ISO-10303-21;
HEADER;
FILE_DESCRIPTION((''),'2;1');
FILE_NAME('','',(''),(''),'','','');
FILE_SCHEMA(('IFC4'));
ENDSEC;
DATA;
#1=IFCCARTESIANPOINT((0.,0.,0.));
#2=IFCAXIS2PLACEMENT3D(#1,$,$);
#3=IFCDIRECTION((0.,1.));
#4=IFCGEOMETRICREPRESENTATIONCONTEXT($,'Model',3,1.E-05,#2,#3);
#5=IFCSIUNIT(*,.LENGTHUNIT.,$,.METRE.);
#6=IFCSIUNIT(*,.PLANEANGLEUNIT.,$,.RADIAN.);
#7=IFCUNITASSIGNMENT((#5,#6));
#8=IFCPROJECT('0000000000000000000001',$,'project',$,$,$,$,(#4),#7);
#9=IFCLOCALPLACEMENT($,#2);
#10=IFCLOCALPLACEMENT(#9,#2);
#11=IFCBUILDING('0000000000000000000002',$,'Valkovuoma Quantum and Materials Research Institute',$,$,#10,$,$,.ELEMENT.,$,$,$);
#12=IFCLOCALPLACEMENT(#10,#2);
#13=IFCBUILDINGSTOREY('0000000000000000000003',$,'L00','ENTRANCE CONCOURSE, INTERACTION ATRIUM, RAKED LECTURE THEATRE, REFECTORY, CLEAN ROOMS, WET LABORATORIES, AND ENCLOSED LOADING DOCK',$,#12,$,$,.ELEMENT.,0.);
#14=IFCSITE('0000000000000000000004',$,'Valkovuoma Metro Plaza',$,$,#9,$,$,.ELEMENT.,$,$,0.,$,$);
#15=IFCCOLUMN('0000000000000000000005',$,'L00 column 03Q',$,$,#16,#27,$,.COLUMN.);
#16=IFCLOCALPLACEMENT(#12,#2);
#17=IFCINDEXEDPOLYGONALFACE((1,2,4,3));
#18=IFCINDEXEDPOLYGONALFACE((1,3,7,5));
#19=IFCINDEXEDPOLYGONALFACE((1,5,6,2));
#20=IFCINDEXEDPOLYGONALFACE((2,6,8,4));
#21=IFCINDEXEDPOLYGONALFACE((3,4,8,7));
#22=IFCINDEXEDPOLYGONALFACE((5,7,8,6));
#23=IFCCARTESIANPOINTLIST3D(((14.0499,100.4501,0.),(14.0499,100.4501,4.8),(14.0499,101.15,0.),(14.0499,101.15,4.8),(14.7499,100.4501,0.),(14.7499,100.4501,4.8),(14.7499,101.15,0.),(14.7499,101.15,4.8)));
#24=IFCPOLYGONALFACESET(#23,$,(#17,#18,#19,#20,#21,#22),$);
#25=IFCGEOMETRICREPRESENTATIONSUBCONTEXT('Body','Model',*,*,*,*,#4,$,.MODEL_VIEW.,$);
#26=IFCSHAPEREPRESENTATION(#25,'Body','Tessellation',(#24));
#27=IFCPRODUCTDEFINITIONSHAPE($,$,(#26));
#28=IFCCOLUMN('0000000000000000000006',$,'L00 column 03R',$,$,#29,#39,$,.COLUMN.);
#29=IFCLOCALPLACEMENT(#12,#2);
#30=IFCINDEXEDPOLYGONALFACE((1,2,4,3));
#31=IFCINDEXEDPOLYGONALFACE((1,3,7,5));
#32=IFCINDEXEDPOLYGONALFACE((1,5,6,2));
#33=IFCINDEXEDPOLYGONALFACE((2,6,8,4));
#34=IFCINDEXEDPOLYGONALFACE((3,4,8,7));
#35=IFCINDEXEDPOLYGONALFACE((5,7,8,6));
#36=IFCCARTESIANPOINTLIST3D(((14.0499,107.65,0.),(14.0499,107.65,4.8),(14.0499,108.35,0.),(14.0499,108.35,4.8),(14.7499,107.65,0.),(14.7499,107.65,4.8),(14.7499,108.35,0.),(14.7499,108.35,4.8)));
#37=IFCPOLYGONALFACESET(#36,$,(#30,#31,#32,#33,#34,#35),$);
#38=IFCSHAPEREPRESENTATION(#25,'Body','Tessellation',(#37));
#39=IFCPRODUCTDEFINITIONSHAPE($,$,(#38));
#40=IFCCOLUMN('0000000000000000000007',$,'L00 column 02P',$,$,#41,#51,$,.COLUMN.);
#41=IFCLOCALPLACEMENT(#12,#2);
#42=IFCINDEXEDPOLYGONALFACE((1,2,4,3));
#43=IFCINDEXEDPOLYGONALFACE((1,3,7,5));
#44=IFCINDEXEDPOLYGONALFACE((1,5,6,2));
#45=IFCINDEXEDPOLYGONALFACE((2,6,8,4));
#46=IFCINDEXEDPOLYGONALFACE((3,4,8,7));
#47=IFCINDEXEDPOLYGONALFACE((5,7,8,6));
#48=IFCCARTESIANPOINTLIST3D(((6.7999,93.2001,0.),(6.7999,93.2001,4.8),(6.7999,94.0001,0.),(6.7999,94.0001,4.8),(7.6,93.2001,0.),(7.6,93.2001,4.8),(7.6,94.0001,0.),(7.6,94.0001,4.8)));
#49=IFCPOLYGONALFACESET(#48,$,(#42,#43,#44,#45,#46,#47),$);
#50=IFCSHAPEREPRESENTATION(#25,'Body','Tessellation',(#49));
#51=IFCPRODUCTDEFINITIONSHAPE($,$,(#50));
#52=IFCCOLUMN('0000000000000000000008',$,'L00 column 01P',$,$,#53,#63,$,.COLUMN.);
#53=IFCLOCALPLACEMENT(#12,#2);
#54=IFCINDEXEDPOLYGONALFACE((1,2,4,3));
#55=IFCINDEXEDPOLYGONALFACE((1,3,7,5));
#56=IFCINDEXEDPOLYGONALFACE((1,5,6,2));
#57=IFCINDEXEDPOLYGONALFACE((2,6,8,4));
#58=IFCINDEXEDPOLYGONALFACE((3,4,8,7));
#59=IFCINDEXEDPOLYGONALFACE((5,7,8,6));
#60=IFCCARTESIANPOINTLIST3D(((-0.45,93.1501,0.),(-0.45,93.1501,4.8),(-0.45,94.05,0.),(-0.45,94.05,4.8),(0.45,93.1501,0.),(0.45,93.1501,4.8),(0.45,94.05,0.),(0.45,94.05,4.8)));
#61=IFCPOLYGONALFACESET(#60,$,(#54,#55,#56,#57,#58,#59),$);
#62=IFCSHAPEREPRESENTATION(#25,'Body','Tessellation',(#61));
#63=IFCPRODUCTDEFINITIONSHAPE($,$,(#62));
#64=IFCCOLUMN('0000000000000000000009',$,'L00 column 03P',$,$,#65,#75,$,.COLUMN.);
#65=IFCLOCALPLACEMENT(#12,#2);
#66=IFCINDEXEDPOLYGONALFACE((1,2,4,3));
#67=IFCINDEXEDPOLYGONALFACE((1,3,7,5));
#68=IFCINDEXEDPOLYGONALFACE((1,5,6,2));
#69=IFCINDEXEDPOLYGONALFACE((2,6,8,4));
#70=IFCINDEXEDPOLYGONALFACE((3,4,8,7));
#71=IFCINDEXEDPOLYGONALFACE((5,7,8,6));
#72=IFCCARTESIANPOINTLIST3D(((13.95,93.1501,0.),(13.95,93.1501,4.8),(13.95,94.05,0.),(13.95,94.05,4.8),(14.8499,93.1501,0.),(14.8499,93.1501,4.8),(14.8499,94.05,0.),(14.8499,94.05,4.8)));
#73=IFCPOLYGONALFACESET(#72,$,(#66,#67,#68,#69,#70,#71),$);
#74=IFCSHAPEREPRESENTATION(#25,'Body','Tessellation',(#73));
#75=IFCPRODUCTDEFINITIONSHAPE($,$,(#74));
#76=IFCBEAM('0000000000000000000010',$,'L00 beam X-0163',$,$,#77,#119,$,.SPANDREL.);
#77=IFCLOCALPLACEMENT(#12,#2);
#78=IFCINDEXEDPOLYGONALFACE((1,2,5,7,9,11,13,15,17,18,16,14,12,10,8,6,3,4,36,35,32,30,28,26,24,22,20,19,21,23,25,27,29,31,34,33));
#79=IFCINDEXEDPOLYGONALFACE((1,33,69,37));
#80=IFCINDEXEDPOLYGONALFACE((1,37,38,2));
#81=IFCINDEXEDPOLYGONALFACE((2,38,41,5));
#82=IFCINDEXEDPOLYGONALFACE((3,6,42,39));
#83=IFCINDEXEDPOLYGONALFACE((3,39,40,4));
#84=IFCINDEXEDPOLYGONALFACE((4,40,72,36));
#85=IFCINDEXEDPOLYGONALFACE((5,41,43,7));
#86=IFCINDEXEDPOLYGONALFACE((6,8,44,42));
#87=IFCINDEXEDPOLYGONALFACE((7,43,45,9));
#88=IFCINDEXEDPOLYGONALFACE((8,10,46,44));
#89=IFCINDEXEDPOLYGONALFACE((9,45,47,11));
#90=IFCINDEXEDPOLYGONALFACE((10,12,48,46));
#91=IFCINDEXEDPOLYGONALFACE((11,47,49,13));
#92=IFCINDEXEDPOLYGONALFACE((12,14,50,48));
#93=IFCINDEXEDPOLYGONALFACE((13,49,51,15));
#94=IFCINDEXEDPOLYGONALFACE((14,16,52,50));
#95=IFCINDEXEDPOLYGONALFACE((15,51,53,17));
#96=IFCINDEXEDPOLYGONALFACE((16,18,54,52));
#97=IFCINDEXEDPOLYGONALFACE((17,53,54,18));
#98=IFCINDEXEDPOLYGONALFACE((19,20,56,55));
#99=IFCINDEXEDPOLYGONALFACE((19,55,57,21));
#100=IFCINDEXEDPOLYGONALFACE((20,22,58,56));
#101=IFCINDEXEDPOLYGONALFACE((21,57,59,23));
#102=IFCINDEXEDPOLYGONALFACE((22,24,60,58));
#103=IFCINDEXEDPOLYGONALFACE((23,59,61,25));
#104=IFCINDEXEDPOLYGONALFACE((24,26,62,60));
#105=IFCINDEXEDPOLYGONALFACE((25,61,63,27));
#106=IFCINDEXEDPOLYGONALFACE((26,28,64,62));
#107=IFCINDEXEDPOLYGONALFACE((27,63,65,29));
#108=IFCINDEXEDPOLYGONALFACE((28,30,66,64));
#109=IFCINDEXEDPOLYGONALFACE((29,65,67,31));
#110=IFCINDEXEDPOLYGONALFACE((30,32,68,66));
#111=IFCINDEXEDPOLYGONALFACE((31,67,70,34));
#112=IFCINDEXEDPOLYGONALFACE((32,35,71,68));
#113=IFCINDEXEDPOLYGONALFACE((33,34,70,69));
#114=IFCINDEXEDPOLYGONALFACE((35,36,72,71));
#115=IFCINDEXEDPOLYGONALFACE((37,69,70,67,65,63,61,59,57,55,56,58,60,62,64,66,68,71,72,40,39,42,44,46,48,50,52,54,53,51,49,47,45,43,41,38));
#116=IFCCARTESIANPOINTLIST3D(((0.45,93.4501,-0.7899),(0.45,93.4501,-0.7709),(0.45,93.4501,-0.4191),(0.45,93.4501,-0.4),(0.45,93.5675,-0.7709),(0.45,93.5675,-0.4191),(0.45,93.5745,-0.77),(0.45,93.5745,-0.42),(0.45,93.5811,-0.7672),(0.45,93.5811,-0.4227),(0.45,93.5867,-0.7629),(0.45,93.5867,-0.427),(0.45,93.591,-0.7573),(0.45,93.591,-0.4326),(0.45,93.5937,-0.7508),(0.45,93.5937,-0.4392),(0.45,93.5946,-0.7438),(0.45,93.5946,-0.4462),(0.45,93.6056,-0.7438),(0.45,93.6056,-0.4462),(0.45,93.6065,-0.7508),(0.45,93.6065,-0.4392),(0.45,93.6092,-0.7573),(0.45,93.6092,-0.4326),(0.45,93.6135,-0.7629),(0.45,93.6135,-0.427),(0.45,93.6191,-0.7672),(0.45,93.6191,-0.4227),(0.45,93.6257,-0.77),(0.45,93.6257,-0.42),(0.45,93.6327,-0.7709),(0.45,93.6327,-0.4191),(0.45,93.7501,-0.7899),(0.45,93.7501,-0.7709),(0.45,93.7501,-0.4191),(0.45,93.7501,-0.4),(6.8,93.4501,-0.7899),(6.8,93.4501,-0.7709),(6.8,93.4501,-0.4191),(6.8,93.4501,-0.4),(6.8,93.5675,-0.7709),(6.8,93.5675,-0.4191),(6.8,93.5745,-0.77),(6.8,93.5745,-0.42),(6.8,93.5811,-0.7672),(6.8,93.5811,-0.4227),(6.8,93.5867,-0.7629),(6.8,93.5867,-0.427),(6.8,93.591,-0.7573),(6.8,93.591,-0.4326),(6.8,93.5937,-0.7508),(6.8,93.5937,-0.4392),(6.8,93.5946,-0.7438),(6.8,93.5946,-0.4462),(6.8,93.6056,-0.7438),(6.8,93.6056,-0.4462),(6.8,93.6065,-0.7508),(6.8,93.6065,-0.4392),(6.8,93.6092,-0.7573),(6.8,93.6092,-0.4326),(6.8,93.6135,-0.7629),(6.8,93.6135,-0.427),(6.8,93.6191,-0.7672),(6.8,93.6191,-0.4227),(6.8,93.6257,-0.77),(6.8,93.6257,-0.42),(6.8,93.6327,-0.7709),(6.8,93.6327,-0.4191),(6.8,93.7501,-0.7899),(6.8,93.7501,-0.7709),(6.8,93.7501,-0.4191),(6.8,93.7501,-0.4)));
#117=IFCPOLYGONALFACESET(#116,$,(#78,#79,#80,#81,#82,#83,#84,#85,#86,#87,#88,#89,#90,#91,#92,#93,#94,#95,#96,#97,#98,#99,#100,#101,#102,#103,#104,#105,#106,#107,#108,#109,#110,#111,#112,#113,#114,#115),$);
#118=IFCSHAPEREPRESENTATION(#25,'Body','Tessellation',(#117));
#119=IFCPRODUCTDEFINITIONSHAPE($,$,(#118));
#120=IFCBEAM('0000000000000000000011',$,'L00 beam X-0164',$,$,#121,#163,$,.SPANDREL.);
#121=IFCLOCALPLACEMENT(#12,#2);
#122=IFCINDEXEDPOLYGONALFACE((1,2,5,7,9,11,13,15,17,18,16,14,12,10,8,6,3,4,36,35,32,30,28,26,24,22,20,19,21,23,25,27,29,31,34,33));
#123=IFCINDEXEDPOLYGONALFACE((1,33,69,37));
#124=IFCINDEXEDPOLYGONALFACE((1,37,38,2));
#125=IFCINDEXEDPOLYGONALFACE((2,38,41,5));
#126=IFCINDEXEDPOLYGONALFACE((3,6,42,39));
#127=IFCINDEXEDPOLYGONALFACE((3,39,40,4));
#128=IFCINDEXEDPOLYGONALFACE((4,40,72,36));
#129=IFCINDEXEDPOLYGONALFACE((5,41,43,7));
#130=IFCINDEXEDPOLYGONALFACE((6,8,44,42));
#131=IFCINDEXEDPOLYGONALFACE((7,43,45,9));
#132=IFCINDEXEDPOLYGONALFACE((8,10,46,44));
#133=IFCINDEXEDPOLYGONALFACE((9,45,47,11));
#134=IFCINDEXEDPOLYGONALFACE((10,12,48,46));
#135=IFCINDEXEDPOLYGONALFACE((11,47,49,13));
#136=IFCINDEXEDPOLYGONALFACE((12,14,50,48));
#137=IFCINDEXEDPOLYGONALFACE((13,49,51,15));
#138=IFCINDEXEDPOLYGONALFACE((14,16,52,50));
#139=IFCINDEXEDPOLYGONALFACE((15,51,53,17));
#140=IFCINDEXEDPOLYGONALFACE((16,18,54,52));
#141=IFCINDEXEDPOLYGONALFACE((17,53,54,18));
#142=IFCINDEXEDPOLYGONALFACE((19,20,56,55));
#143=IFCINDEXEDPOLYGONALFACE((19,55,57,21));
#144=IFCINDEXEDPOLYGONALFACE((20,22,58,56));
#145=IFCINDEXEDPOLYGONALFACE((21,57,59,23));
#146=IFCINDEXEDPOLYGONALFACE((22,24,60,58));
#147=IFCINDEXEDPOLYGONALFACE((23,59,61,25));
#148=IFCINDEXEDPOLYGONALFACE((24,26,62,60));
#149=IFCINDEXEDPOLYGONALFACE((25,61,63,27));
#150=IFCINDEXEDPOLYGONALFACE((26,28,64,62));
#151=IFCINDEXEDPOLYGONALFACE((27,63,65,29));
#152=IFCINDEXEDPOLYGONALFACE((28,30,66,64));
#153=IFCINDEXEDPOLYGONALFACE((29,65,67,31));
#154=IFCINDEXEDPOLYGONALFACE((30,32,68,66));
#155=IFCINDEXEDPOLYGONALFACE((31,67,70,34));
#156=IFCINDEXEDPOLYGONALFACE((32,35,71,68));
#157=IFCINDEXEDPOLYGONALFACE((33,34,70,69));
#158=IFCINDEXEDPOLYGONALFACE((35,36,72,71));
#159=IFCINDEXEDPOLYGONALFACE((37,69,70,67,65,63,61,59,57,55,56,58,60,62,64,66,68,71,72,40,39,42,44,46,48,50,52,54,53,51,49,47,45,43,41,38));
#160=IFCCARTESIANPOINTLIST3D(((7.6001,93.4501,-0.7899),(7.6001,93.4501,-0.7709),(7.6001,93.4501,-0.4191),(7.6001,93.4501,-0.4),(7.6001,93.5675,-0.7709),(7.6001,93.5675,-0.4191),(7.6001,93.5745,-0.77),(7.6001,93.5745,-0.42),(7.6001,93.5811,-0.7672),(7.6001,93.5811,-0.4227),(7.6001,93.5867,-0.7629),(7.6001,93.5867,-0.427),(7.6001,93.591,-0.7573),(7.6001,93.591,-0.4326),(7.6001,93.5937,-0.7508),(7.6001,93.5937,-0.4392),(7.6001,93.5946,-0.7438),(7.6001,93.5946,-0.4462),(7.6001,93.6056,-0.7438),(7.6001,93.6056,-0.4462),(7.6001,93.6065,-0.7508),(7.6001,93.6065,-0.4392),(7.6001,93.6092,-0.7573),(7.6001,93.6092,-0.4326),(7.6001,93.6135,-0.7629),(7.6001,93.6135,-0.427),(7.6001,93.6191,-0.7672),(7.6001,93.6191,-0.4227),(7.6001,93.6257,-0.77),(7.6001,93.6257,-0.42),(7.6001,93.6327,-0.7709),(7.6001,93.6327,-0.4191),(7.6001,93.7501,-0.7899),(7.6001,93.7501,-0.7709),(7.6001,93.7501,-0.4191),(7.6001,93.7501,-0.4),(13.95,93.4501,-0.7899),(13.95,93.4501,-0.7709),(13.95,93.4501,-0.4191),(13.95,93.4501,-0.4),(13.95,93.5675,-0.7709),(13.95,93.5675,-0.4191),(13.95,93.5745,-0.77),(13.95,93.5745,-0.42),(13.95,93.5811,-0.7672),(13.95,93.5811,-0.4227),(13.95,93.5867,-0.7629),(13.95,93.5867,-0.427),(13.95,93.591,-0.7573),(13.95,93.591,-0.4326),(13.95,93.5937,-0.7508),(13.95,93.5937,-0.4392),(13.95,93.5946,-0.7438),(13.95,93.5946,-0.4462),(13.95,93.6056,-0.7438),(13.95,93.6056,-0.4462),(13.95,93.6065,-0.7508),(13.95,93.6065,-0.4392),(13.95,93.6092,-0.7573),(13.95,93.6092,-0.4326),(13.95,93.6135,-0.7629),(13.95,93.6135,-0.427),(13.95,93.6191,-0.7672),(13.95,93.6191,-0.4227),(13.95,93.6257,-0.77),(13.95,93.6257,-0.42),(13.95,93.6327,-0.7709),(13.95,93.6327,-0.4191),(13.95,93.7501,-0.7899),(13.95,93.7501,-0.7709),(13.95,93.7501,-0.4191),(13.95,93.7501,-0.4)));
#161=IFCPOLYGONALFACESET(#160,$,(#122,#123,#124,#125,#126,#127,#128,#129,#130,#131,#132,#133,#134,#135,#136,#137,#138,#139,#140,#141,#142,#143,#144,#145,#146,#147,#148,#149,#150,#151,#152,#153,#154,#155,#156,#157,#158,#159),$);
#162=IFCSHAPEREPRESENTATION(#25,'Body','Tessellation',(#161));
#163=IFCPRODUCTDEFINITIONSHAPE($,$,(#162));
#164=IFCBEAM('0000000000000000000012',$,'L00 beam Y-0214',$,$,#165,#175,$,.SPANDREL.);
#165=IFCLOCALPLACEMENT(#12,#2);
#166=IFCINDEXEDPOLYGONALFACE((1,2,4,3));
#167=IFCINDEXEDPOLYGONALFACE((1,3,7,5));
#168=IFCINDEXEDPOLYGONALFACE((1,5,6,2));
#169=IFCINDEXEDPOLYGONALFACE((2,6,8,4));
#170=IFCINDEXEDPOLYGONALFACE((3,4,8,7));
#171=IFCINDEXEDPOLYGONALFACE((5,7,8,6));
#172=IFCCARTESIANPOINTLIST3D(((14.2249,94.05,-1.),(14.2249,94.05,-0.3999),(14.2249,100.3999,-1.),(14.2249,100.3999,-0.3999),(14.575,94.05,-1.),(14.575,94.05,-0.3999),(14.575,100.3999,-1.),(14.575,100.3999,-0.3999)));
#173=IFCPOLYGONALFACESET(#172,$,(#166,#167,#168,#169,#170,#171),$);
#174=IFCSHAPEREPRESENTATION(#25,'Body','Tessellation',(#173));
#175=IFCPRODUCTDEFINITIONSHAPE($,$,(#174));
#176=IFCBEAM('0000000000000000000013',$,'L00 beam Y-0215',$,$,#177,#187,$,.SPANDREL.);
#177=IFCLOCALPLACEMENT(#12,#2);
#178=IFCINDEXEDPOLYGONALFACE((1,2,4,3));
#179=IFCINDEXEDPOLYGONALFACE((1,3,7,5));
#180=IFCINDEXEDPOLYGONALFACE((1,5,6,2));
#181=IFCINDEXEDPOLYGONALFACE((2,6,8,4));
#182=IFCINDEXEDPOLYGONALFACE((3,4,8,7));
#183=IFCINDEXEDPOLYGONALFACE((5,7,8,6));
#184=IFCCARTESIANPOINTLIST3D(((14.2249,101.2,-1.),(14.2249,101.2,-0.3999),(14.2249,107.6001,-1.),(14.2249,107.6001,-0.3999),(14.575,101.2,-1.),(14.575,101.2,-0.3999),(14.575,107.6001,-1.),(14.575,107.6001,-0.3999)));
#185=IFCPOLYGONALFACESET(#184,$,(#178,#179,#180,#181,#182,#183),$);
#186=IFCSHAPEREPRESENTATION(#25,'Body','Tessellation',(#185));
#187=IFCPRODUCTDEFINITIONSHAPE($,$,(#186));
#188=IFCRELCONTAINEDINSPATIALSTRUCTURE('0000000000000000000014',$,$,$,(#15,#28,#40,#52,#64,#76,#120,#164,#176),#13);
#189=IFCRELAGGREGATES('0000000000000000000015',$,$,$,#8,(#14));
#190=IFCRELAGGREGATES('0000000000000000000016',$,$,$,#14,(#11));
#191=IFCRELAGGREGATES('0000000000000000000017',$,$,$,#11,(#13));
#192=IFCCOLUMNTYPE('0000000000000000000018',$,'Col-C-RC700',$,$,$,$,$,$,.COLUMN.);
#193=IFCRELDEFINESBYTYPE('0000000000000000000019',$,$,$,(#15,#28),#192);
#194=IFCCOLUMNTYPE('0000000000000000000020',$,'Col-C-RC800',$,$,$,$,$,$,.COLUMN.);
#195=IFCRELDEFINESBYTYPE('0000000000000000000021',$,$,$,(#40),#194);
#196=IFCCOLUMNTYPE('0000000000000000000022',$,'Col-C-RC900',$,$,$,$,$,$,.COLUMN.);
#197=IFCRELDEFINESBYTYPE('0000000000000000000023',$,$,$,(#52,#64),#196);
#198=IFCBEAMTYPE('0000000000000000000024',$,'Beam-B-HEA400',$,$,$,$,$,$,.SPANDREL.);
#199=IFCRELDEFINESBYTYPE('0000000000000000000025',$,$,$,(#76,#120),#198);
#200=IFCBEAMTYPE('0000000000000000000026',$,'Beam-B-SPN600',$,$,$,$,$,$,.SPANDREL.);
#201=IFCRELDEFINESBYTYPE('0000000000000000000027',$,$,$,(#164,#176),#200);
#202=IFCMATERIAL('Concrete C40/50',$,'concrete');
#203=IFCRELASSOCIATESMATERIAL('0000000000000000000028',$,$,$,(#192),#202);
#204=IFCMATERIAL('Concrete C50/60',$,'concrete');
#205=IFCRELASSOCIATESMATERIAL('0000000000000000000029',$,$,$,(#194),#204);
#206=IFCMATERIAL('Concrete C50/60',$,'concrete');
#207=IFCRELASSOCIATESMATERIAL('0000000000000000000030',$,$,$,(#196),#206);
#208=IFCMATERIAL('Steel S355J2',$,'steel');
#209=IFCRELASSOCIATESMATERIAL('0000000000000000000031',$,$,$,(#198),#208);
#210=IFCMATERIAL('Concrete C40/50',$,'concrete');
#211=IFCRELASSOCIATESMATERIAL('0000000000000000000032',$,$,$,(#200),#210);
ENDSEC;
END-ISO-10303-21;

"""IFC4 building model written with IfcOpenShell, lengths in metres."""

from ifc_helpers import new_model, si_unit, direction, frame, origin, origin_2d, place, context, subcontext, project, spatial, rectangle, i_section, extrude, material, material_profile, profile_set, type_object, element, save


model = new_model("IFC4")

# Units and contexts
model_context = context("Model", 3, precision=1e-05, world=origin(), true_north=direction((0.0, 1.0)))
body_context = subcontext(model_context, "Body", "Model", "MODEL_VIEW")
ifc_project = project(units=[si_unit("LENGTHUNIT", "METRE"), si_unit("PLANEANGLEUNIT", "RADIAN")], contexts=[model_context])

# Site, building, storey
site_placement = place(None, origin())
site = spatial("IfcSite", under=ifc_project, at=site_placement, Name="Valkovuoma Metro Plaza", CompositionType="ELEMENT", RefElevation=0.0)
building_placement = place(site_placement, origin())
building = spatial("IfcBuilding", under=site, at=building_placement, Name="Valkovuoma Quantum and Materials Research Institute", CompositionType="ELEMENT")
storey_placement = place(building_placement, origin())
storey = spatial("IfcBuildingStorey", under=building, at=storey_placement, Name="L00", Description="ENTRANCE CONCOURSE, INTERACTION ATRIUM, RAKED LECTURE THEATRE, REFECTORY, CLEAN ROOMS, WET LABORATORIES, AND ENCLOSED LOADING DOCK", CompositionType="ELEMENT", Elevation=0.0)

# Columns
ifc_material_1 = material(Name="Concrete C40/50", Category="concrete")
ifc_material_profile_1 = material_profile(ifc_material_1, rectangle(XDim=0.7, YDim=0.7, at=origin_2d()), Name="Concrete C40/50")
ifc_profile_set_1 = profile_set([ifc_material_profile_1], Name="Concrete C40/50")
column_type_1 = type_object("IfcColumnType", Name="Col-C-RC700", PredefinedType="COLUMN", material=ifc_profile_set_1)
for number, where, z_axis, x_axis, name in (
    (1, (14.3999, 100.8, 0.0), (0.0, 0.0, 1.0), (1.0, 0.0, 0.0), "L00 column 03Q"),
    (2, (14.3999, 108.0, 0.0), (0.0, 0.0, 1.0), (1.0, 0.0, 0.0), "L00 column 03R"),
):
    element("IfcColumn", number, at=place(storey_placement, frame(where, z_axis=z_axis, x_axis=x_axis)), inside=storey, type_object=column_type_1, Name=name, PredefinedType="COLUMN", context=body_context, shape_type="SweptSolid", body=[
        extrude(rectangle(XDim=0.7, YDim=0.7, at=origin_2d()), origin(), (0.0, 0.0, 1.0), 4.8),
    ])
ifc_material_2 = material(Name="Concrete C50/60", Category="concrete")
ifc_material_profile_2 = material_profile(ifc_material_2, rectangle(XDim=0.8, YDim=0.8, at=origin_2d()), Name="Concrete C50/60")
ifc_profile_set_2 = profile_set([ifc_material_profile_2], Name="Concrete C50/60")
column_type_2 = type_object("IfcColumnType", Name="Col-C-RC800", PredefinedType="COLUMN", material=ifc_profile_set_2)
column_placement = place(storey_placement, frame((7.2, 93.6001, 0.0), z_axis=(0.0, 0.0, 1.0), x_axis=(1.0, 0.0, 0.0)))
element("IfcColumn", 3, at=column_placement, inside=storey, type_object=column_type_2, Name="L00 column 02P", PredefinedType="COLUMN", context=body_context, shape_type="SweptSolid", body=[
    extrude(rectangle(XDim=0.8, YDim=0.8, at=origin_2d()), origin(), (0.0, 0.0, 1.0), 4.8),
])
ifc_material_3 = material(Name="Concrete C50/60", Category="concrete")
ifc_material_profile_3 = material_profile(ifc_material_3, rectangle(XDim=0.8999, YDim=0.8999, at=origin_2d()), Name="Concrete C50/60")
ifc_profile_set_3 = profile_set([ifc_material_profile_3], Name="Concrete C50/60")
column_type_3 = type_object("IfcColumnType", Name="Col-C-RC900", PredefinedType="COLUMN", material=ifc_profile_set_3)
for number, where, z_axis, x_axis, name in (
    (4, (0.0, 93.6001, 0.0), (0.0, 0.0, 1.0), (1.0, 0.0, 0.0), "L00 column 01P"),
    (5, (14.3999, 93.6001, 0.0), (0.0, 0.0, 1.0), (1.0, 0.0, 0.0), "L00 column 03P"),
):
    element("IfcColumn", number, at=place(storey_placement, frame(where, z_axis=z_axis, x_axis=x_axis)), inside=storey, type_object=column_type_3, Name=name, PredefinedType="COLUMN", context=body_context, shape_type="SweptSolid", body=[
        extrude(rectangle(XDim=0.8999, YDim=0.8999, at=origin_2d()), origin(), (0.0, 0.0, 1.0), 4.8),
    ])

# Beams
ifc_material_4 = material(Name="Steel S355J2", Category="steel")
ifc_material_profile_4 = material_profile(ifc_material_4, i_section(OverallWidth=0.3, OverallDepth=0.3899, WebThickness=0.011, FlangeThickness=0.019, FilletRadius=0.0271, at=origin_2d()), Name="Steel S355J2")
ifc_profile_set_4 = profile_set([ifc_material_profile_4], Name="Steel S355J2")
beam_type_1 = type_object("IfcBeamType", Name="Beam-B-HEA400", PredefinedType="SPANDREL", material=ifc_profile_set_4)
beam_1_placement = place(storey_placement, frame((0.45, 93.6001, -0.595), z_axis=(1.0, 0.0, 0.0), x_axis=(0.0, 1.0, 0.0)))
element("IfcBeam", 6, at=beam_1_placement, inside=storey, type_object=beam_type_1, Name="L00 beam X-0163", PredefinedType="SPANDREL", context=body_context, shape_type="SweptSolid", body=[
    extrude(i_section(OverallWidth=0.3, OverallDepth=0.3899, WebThickness=0.011, FlangeThickness=0.019, FilletRadius=0.0271, at=origin_2d()), origin(), (0.0, 0.0, 1.0), 6.3501),
])
beam_2_placement = place(storey_placement, frame((7.6001, 93.6001, -0.595), z_axis=(1.0, 0.0, 0.0), x_axis=(0.0, 1.0, 0.0)))
element("IfcBeam", 7, at=beam_2_placement, inside=storey, type_object=beam_type_1, Name="L00 beam X-0164", PredefinedType="SPANDREL", context=body_context, shape_type="SweptSolid", body=[
    extrude(i_section(OverallWidth=0.3, OverallDepth=0.3899, WebThickness=0.011, FlangeThickness=0.019, FilletRadius=0.0271, at=origin_2d()), origin(), (0.0, 0.0, 1.0), 6.3499),
])
ifc_material_5 = material(Name="Concrete C40/50", Category="concrete")
ifc_material_profile_5 = material_profile(ifc_material_5, rectangle(XDim=0.3501, YDim=0.6001, at=origin_2d()), Name="Concrete C40/50")
ifc_profile_set_5 = profile_set([ifc_material_profile_5], Name="Concrete C40/50")
beam_type_2 = type_object("IfcBeamType", Name="Beam-B-SPN600", PredefinedType="SPANDREL", material=ifc_profile_set_5)
beam_3_placement = place(storey_placement, frame((14.3999, 94.05, -0.7), z_axis=(0.0, 1.0, 0.0), x_axis=(-1.0, 0.0, 0.0)))
element("IfcBeam", 8, at=beam_3_placement, inside=storey, type_object=beam_type_2, Name="L00 beam Y-0214", PredefinedType="SPANDREL", context=body_context, shape_type="SweptSolid", body=[
    extrude(rectangle(XDim=0.3501, YDim=0.6001, at=origin_2d()), origin(), (0.0, 0.0, 1.0), 6.3499),
])
beam_4_placement = place(storey_placement, frame((14.3999, 101.2, -0.7), z_axis=(0.0, 1.0, 0.0), x_axis=(-1.0, 0.0, 0.0)))
element("IfcBeam", 9, at=beam_4_placement, inside=storey, type_object=beam_type_2, Name="L00 beam Y-0215", PredefinedType="SPANDREL", context=body_context, shape_type="SweptSolid", body=[
    extrude(rectangle(XDim=0.3501, YDim=0.6001, at=origin_2d()), origin(), (0.0, 0.0, 1.0), 6.4001),
])

save(model, "model.ifc")
